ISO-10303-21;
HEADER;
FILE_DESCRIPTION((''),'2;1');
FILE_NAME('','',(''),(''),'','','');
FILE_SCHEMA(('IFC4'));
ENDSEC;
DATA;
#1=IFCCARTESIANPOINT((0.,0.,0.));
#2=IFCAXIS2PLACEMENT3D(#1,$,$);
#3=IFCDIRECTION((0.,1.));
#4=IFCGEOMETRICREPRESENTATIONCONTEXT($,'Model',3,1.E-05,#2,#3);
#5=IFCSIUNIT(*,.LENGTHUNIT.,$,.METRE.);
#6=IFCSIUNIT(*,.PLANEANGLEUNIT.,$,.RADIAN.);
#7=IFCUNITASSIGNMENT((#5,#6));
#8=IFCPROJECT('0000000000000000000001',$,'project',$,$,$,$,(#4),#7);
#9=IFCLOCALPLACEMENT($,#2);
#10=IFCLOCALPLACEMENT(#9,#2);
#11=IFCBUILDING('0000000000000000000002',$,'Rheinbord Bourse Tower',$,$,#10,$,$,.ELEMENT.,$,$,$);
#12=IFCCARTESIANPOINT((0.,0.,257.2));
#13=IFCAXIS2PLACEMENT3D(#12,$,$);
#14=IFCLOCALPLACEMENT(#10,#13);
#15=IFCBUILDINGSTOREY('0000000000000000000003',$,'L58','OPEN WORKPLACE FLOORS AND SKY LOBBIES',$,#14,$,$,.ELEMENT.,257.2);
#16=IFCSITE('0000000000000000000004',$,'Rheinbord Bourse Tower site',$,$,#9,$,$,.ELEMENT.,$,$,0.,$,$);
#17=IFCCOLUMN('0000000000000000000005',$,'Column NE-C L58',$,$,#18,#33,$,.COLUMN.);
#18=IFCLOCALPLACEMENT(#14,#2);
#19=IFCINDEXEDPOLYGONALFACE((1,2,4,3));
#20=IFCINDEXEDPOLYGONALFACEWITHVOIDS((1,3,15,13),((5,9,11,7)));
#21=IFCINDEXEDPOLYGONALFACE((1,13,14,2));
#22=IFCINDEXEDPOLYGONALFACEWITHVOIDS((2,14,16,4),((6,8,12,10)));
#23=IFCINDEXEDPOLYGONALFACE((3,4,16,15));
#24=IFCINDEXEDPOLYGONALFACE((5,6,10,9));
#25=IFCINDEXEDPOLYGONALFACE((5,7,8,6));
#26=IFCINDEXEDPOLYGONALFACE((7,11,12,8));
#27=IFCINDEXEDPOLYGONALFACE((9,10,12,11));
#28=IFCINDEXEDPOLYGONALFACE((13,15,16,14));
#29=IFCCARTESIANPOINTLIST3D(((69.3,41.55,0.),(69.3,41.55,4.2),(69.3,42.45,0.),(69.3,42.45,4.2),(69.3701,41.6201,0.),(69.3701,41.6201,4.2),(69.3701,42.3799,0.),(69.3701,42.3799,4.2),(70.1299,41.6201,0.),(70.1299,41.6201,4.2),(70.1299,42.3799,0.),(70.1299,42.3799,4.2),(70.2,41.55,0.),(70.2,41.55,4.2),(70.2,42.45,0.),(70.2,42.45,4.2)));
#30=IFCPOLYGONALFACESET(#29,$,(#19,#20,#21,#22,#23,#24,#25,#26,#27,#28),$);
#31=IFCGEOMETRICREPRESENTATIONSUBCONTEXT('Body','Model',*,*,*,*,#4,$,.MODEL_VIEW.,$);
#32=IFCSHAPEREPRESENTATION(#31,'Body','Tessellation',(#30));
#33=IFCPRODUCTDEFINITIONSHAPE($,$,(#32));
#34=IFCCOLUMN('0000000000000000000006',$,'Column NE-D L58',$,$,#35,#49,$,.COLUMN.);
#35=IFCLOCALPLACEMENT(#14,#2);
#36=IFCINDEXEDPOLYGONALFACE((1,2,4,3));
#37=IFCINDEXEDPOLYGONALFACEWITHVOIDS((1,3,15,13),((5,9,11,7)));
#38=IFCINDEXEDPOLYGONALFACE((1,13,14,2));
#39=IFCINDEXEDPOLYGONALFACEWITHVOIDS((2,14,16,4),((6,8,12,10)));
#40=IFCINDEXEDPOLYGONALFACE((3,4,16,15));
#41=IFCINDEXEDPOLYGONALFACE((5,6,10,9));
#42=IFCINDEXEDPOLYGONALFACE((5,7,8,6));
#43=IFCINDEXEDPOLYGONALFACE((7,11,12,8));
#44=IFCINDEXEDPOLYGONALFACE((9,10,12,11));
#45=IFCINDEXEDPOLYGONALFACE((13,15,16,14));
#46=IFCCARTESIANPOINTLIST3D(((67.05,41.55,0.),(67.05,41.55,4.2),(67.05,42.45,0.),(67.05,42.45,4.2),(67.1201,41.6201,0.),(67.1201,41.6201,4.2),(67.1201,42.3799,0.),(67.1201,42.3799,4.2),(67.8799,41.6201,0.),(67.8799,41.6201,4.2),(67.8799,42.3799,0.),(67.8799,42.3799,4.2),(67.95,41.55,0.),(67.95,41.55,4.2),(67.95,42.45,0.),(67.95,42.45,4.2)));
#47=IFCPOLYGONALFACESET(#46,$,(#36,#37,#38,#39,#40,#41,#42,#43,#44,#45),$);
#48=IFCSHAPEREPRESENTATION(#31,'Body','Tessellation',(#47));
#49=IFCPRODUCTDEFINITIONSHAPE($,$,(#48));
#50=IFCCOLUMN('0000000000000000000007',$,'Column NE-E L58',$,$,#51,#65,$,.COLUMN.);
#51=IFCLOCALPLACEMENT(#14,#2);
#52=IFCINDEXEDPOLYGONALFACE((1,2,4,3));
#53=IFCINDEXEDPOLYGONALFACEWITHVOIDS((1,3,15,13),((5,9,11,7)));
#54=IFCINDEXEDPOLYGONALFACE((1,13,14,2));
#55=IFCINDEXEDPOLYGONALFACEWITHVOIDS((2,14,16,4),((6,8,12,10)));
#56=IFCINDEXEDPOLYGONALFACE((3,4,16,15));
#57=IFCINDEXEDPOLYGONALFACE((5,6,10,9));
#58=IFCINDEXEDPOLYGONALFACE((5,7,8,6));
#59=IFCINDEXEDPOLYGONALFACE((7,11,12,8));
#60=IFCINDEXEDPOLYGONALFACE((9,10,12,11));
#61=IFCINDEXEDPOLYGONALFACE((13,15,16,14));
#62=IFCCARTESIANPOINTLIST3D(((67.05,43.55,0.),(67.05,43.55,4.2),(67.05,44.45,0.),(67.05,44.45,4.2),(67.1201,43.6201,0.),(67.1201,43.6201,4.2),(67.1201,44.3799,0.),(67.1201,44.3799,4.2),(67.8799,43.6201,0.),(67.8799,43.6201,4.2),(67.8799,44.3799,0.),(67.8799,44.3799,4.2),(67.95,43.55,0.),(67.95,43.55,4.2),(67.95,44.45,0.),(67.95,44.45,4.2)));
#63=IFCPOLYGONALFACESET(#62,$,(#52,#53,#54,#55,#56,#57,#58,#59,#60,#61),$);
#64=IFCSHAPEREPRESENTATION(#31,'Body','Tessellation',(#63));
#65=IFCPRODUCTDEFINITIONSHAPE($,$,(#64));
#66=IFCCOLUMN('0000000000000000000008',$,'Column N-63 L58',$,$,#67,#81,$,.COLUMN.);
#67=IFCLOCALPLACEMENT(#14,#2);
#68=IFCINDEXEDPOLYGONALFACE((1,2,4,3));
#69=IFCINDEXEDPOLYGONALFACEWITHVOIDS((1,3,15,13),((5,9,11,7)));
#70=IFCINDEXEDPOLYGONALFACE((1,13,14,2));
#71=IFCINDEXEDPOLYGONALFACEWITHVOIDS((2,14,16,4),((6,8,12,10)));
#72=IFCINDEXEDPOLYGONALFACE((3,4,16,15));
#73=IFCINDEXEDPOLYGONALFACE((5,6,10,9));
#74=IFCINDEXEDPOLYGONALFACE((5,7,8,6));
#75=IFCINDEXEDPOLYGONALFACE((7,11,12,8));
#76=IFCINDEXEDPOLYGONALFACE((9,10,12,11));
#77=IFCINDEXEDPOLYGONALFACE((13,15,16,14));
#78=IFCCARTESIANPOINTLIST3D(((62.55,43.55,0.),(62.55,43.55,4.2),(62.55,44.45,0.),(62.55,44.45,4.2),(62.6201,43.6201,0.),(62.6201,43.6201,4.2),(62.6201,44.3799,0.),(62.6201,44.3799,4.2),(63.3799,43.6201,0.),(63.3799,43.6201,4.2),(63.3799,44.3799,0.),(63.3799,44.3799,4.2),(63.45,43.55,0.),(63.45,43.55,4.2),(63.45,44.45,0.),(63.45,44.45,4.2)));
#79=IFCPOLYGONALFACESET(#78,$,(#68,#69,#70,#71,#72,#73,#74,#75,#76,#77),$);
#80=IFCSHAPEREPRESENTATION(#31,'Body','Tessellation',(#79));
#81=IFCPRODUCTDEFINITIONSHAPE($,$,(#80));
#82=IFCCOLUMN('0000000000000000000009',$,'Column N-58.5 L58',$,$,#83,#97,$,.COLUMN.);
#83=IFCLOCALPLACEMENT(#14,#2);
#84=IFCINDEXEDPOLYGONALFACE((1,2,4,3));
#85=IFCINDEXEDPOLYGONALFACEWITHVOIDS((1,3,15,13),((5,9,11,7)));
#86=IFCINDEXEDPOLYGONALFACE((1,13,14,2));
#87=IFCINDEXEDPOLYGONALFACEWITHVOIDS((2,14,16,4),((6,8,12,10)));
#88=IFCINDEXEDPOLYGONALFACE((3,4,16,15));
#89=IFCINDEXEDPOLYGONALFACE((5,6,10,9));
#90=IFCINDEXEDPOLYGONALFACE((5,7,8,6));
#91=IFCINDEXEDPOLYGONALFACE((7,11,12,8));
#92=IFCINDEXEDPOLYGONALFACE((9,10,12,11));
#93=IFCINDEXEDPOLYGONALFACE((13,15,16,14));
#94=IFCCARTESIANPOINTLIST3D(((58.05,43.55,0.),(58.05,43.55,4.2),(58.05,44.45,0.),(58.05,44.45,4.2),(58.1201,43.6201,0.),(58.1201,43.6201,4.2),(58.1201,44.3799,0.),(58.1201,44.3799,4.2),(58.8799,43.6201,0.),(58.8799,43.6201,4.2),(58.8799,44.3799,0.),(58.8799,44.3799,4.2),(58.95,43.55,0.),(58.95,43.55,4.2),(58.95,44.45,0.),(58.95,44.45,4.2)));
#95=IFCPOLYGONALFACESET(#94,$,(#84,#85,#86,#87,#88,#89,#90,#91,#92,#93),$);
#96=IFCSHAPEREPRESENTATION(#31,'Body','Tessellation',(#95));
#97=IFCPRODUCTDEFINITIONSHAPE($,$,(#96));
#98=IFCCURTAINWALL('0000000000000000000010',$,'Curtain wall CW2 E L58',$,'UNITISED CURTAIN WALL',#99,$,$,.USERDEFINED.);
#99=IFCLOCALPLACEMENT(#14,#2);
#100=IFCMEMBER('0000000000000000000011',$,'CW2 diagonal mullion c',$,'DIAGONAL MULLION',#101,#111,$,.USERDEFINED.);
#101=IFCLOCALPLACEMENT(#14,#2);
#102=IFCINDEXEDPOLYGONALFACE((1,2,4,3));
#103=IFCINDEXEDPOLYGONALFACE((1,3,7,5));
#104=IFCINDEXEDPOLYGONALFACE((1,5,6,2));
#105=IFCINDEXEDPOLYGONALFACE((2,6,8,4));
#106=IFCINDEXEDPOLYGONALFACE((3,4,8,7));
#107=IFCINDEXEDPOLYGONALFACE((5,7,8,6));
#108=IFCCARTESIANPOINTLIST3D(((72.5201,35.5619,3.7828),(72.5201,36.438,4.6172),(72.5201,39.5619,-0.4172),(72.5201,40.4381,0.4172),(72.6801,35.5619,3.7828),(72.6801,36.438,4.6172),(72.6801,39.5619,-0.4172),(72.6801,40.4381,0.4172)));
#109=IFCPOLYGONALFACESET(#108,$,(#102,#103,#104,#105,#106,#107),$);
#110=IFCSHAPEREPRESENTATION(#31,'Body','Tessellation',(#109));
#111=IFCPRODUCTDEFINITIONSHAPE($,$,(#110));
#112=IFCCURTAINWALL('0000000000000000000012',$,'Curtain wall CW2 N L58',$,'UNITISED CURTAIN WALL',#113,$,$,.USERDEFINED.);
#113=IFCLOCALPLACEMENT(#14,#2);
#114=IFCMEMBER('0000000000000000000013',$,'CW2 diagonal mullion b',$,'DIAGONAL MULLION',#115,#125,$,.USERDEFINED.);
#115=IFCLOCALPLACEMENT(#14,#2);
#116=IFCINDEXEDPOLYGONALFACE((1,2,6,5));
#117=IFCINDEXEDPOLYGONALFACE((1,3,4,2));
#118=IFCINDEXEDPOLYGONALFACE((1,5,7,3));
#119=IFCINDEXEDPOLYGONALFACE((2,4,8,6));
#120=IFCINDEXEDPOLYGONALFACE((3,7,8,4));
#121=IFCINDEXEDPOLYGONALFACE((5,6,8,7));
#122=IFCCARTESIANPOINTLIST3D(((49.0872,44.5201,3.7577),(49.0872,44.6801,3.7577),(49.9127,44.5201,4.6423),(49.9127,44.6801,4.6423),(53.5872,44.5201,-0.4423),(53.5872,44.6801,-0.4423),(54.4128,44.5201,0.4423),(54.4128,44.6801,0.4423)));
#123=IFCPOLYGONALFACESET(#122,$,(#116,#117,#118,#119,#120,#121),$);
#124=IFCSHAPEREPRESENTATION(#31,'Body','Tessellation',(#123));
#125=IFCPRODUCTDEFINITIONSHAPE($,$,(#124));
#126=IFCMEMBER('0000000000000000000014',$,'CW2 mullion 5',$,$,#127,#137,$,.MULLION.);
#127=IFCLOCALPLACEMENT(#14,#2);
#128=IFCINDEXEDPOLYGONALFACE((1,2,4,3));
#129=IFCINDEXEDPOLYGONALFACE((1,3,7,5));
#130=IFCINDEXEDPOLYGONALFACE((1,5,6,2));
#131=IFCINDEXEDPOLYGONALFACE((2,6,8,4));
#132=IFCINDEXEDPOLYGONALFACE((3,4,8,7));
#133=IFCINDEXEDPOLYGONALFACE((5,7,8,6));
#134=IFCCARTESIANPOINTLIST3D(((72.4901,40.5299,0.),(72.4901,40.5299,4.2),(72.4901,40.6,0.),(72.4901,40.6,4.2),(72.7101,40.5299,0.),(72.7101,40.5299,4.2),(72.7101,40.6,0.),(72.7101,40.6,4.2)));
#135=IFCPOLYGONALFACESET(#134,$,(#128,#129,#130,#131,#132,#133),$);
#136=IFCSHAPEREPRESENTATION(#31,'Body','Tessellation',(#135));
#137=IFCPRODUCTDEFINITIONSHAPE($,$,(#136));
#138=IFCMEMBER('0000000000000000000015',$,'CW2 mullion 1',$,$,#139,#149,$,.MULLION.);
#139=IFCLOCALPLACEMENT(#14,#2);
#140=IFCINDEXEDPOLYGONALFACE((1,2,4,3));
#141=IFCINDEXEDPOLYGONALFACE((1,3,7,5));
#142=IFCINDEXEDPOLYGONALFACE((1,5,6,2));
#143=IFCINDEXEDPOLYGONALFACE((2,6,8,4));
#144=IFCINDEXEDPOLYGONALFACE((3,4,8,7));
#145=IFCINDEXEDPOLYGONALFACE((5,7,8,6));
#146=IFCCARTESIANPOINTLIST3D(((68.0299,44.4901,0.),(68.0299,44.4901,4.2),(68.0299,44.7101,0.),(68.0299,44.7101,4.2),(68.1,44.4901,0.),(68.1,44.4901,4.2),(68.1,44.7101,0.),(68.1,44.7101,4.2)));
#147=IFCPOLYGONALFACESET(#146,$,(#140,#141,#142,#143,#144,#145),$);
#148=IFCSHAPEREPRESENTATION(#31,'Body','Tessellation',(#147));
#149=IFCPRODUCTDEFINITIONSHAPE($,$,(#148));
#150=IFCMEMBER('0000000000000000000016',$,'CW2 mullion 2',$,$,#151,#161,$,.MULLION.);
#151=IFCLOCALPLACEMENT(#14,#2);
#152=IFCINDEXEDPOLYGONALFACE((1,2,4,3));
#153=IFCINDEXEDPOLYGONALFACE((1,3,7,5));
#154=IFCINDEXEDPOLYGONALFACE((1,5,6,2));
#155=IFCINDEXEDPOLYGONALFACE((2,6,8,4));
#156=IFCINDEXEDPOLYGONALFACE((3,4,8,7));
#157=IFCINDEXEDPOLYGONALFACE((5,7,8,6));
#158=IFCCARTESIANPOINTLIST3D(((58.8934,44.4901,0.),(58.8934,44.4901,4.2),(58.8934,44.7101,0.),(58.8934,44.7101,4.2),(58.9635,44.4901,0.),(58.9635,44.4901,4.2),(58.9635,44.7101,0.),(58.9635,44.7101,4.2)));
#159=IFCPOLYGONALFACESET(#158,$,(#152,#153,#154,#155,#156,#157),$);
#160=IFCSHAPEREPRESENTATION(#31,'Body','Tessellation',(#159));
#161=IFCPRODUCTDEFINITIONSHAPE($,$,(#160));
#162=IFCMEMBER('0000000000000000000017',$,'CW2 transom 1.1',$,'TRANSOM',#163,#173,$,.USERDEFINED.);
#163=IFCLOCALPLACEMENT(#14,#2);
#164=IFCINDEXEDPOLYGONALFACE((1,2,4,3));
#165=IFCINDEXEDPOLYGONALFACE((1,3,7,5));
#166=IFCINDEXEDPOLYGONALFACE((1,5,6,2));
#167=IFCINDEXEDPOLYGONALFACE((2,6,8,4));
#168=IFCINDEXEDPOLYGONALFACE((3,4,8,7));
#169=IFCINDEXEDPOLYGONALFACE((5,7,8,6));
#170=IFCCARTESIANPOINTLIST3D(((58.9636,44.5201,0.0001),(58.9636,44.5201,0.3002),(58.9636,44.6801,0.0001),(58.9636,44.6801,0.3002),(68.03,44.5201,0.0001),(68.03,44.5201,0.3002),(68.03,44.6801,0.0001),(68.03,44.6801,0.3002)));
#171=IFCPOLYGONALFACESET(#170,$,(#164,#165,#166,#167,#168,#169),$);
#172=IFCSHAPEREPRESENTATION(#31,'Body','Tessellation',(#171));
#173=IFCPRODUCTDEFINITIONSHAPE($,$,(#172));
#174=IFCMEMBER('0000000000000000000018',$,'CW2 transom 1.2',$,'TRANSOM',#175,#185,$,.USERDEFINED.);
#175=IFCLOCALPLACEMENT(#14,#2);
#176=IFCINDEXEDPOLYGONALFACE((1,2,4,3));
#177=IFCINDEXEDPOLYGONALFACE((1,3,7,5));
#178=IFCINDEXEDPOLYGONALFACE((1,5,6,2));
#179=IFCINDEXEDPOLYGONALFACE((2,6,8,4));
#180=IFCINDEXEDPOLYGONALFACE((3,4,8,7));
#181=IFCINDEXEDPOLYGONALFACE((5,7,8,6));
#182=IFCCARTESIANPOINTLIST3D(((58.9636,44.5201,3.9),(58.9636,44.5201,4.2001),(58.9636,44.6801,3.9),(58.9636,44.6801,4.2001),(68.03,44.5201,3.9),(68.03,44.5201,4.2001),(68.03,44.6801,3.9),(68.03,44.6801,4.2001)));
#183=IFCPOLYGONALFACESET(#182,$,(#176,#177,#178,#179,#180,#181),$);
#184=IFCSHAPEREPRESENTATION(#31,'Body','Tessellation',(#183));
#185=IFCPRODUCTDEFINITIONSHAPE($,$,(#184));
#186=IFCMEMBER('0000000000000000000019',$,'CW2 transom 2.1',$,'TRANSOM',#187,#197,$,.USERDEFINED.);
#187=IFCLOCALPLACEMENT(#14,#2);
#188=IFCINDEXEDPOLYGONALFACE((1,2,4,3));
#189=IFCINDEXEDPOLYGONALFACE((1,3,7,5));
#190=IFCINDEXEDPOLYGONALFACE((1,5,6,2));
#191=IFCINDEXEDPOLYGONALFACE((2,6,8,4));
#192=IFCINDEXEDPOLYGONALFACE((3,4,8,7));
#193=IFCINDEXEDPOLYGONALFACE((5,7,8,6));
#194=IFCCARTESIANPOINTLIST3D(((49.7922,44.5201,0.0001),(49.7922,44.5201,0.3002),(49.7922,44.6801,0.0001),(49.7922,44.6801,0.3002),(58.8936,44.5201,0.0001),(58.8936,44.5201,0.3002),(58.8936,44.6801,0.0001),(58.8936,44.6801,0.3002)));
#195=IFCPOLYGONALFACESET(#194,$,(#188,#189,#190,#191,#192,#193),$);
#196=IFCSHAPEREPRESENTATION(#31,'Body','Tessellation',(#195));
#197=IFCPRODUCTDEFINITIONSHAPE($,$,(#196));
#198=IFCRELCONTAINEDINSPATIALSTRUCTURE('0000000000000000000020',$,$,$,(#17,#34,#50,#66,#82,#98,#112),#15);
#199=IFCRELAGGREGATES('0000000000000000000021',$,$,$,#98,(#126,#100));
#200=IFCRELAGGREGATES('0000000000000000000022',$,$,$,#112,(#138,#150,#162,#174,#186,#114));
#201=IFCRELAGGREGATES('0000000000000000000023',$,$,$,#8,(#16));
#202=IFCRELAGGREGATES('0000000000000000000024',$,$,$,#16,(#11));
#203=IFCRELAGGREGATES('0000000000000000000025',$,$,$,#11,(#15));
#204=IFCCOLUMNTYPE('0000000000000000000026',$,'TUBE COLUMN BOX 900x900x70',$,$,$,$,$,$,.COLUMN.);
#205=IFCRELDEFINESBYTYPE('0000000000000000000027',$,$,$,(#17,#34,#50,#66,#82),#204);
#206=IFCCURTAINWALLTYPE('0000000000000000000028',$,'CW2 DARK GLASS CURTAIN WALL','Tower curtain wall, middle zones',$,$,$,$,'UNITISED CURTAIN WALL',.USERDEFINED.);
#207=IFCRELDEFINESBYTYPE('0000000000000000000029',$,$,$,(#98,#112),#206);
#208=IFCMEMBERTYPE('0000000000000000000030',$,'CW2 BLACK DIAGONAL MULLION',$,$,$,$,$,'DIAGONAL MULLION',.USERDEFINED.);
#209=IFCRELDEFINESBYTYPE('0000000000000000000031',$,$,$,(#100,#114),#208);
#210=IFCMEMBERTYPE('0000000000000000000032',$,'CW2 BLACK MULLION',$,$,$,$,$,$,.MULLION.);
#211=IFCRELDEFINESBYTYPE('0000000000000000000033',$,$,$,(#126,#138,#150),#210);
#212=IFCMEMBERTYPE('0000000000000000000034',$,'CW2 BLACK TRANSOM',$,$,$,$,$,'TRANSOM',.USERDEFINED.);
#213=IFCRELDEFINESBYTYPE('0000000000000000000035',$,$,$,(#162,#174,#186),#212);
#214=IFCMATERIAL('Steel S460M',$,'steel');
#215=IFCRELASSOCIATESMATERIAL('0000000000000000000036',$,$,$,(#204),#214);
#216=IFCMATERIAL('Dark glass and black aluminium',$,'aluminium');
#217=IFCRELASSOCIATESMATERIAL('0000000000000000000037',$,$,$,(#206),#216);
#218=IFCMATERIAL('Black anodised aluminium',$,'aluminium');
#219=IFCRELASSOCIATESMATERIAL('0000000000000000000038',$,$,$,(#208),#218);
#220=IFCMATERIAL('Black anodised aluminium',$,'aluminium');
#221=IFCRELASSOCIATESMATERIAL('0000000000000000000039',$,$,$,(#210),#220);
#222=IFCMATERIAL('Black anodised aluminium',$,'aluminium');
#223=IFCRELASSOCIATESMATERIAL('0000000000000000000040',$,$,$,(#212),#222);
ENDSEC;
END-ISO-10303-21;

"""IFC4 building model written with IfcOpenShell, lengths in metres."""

from ifc_helpers import new_model, si_unit, direction, frame, origin, origin_2d, place, context, subcontext, project, spatial, rectangle, hollow_rectangle, extrude, material, material_profile, profile_set, type_object, element, aggregate, save


model = new_model("IFC4")

# Units and contexts
model_context = context("Model", 3, precision=1e-05, world=origin(), true_north=direction((0.0, 1.0)))
body_context = subcontext(model_context, "Body", "Model", "MODEL_VIEW")
ifc_project = project(units=[si_unit("LENGTHUNIT", "METRE"), si_unit("PLANEANGLEUNIT", "RADIAN")], contexts=[model_context])

# Site, building, storey
site_placement = place(None, origin())
site = spatial("IfcSite", under=ifc_project, at=site_placement, Name="Rheinbord Bourse Tower site", CompositionType="ELEMENT", RefElevation=0.0)
building_placement = place(site_placement, origin())
building = spatial("IfcBuilding", under=site, at=building_placement, Name="Rheinbord Bourse Tower", CompositionType="ELEMENT")
storey_placement = place(building_placement, frame((0.0, 0.0, 257.2)))
storey = spatial("IfcBuildingStorey", under=building, at=storey_placement, Name="L58", Description="OPEN WORKPLACE FLOORS AND SKY LOBBIES", CompositionType="ELEMENT", Elevation=257.2)

# Columns
ifc_material_1 = material(Name="Steel S460M", Category="steel")
ifc_material_profile_1 = material_profile(ifc_material_1, hollow_rectangle(XDim=0.8999, YDim=0.8999, WallThickness=0.0701, at=origin_2d()), Name="BOX 900x900x70")
ifc_profile_set_1 = profile_set([ifc_material_profile_1], Name="Steel S460M")
column_type = type_object("IfcColumnType", Name="TUBE COLUMN BOX 900x900x70", PredefinedType="COLUMN", material=ifc_profile_set_1)
for number, where, z_axis, x_axis, name in (
    (1, (69.75, 42.0, 0.0), (0.0, 0.0, 1.0), (1.0, 0.0, 0.0), "Column NE-C L58"),
    (2, (67.5, 42.0, 0.0), (0.0, 0.0, 1.0), (0.0, 1.0, 0.0), "Column NE-D L58"),
    (3, (67.5, 44.0, 0.0), (0.0, 0.0, 1.0), (0.0, 1.0, 0.0), "Column NE-E L58"),
    (4, (63.0, 44.0, 0.0), (0.0, 0.0, 1.0), (0.0, 1.0, 0.0), "Column N-63 L58"),
    (5, (58.5, 44.0, 0.0), (0.0, 0.0, 1.0), (0.0, 1.0, 0.0), "Column N-58.5 L58"),
):
    element("IfcColumn", number, at=place(storey_placement, frame(where, z_axis=z_axis, x_axis=x_axis)), inside=storey, type_object=column_type, Name=name, PredefinedType="COLUMN", context=body_context, shape_type="SweptSolid", body=[
        extrude(hollow_rectangle(XDim=0.8999, YDim=0.8999, WallThickness=0.0701, at=origin_2d()), origin(), (0.0, 0.0, 1.0), 4.2),
    ])

# Curtain walls, members
ifc_material_2 = material(Name="Dark glass and black aluminium", Category="aluminium")
curtain_wall_type = type_object("IfcCurtainWallType", Name="CW2 DARK GLASS CURTAIN WALL", Description="Tower curtain wall, middle zones", ElementType="UNITISED CURTAIN WALL", PredefinedType="USERDEFINED", material=ifc_material_2)
curtain_wall_1_placement = place(storey_placement, origin())
curtain_wall_1 = element("IfcCurtainWall", 6, at=curtain_wall_1_placement, inside=storey, type_object=curtain_wall_type, Name="Curtain wall CW2 E L58", ObjectType="UNITISED CURTAIN WALL", PredefinedType="USERDEFINED")
ifc_material_3 = material(Name="Black anodised aluminium", Category="aluminium")
ifc_material_profile_2 = material_profile(ifc_material_3, rectangle(XDim=0.1599, YDim=1.21, at=origin_2d()), Name="CW2 DIAGONAL MULLION 1210x160")
ifc_profile_set_2 = profile_set([ifc_material_profile_2], Name="Black anodised aluminium")
member_type_1 = type_object("IfcMemberType", Name="CW2 BLACK DIAGONAL MULLION", ElementType="DIAGONAL MULLION", PredefinedType="USERDEFINED", material=ifc_profile_set_2)
member_1_placement = place(storey_placement, frame((72.6001, 40.0, 0.0), z_axis=(0.0, -0.689659, 0.724134), x_axis=(1.0, 0.0, 0.0)))
member_1 = element("IfcMember", 7, at=member_1_placement, type_object=member_type_1, Name="CW2 diagonal mullion c", ObjectType="DIAGONAL MULLION", PredefinedType="USERDEFINED", context=body_context, shape_type="SweptSolid", body=[
    extrude(rectangle(XDim=0.1599, YDim=1.21, at=origin_2d()), origin(), (0.0, 0.0, 1.0), 5.8),
])
curtain_wall_2_placement = place(storey_placement, origin())
curtain_wall_2 = element("IfcCurtainWall", 8, at=curtain_wall_2_placement, inside=storey, type_object=curtain_wall_type, Name="Curtain wall CW2 N L58", ObjectType="UNITISED CURTAIN WALL", PredefinedType="USERDEFINED")
member_2_placement = place(storey_placement, frame((54.0, 44.6001, 0.0), z_axis=(-0.731059, 0.0, 0.682314), x_axis=(0.0, -1.0, 0.0)))
member_2 = element("IfcMember", 9, at=member_2_placement, type_object=member_type_1, Name="CW2 diagonal mullion b", ObjectType="DIAGONAL MULLION", PredefinedType="USERDEFINED", context=body_context, shape_type="SweptSolid", body=[
    extrude(rectangle(XDim=0.1599, YDim=1.21, at=origin_2d()), origin(), (0.0, 0.0, 1.0), 6.1555),
])

# Members
ifc_material_4 = material(Name="Black anodised aluminium", Category="aluminium")
ifc_material_profile_3 = material_profile(ifc_material_4, rectangle(XDim=0.22, YDim=0.0701, at=origin_2d()), Name="CW2 MULLION 70x220")
ifc_profile_set_3 = profile_set([ifc_material_profile_3], Name="Black anodised aluminium")
member_type_2 = type_object("IfcMemberType", Name="CW2 BLACK MULLION", PredefinedType="MULLION", material=ifc_profile_set_3)
member_3_placement = place(storey_placement, frame((72.6001, 40.5649, 0.0), z_axis=(0.0, 0.0, 1.0), x_axis=(-1.0, 0.0, 0.0)))
member_3 = element("IfcMember", 10, at=member_3_placement, type_object=member_type_2, Name="CW2 mullion 5", PredefinedType="MULLION", context=body_context, shape_type="SweptSolid", body=[
    extrude(rectangle(XDim=0.22, YDim=0.0701, at=origin_2d()), origin(), (0.0, 0.0, 1.0), 4.2),
])
member_4_placement = place(storey_placement, frame((68.0649, 44.6001, 0.0), z_axis=(0.0, 0.0, 1.0), x_axis=(0.0, -1.0, 0.0)))
member_4 = element("IfcMember", 11, at=member_4_placement, type_object=member_type_2, Name="CW2 mullion 1", PredefinedType="MULLION", context=body_context, shape_type="SweptSolid", body=[
    extrude(rectangle(XDim=0.22, YDim=0.0701, at=origin_2d()), origin(), (0.0, 0.0, 1.0), 4.2),
])
member_5_placement = place(storey_placement, frame((58.9285, 44.6001, 0.0), z_axis=(0.0, 0.0, 1.0), x_axis=(0.0, -1.0, 0.0)))
member_5 = element("IfcMember", 12, at=member_5_placement, type_object=member_type_2, Name="CW2 mullion 2", PredefinedType="MULLION", context=body_context, shape_type="SweptSolid", body=[
    extrude(rectangle(XDim=0.22, YDim=0.0701, at=origin_2d()), origin(), (0.0, 0.0, 1.0), 4.2),
])
ifc_material_5 = material(Name="Black anodised aluminium", Category="aluminium")
ifc_material_profile_4 = material_profile(ifc_material_5, rectangle(XDim=0.1599, YDim=0.3, at=origin_2d()), Name="CW2 TRANSOM 300x160")
ifc_profile_set_4 = profile_set([ifc_material_profile_4], Name="Black anodised aluminium")
member_type_3 = type_object("IfcMemberType", Name="CW2 BLACK TRANSOM", ElementType="TRANSOM", PredefinedType="USERDEFINED", material=ifc_profile_set_4)
member_6_placement = place(storey_placement, frame((68.03, 44.6001, 0.1501), z_axis=(-1.0, 0.0, 0.0), x_axis=(0.0, -1.0, 0.0)))
member_6 = element("IfcMember", 13, at=member_6_placement, type_object=member_type_3, Name="CW2 transom 1.1", ObjectType="TRANSOM", PredefinedType="USERDEFINED", context=body_context, shape_type="SweptSolid", body=[
    extrude(rectangle(XDim=0.1599, YDim=0.3, at=origin_2d()), origin(), (0.0, 0.0, 1.0), 9.0664),
])
member_7_placement = place(storey_placement, frame((68.03, 44.6001, 4.05), z_axis=(-1.0, 0.0, 0.0), x_axis=(0.0, -1.0, 0.0)))
member_7 = element("IfcMember", 14, at=member_7_placement, type_object=member_type_3, Name="CW2 transom 1.2", ObjectType="TRANSOM", PredefinedType="USERDEFINED", context=body_context, shape_type="SweptSolid", body=[
    extrude(rectangle(XDim=0.1599, YDim=0.3, at=origin_2d()), origin(), (0.0, 0.0, 1.0), 9.0664),
])
member_8_placement = place(storey_placement, frame((58.8936, 44.6001, 0.1501), z_axis=(-1.0, 0.0, 0.0), x_axis=(0.0, -1.0, 0.0)))
member_8 = element("IfcMember", 15, at=member_8_placement, type_object=member_type_3, Name="CW2 transom 2.1", ObjectType="TRANSOM", PredefinedType="USERDEFINED", context=body_context, shape_type="SweptSolid", body=[
    extrude(rectangle(XDim=0.1599, YDim=0.3, at=origin_2d()), origin(), (0.0, 0.0, 1.0), 9.1013),
])

aggregate(curtain_wall_1, [member_3, member_1])
aggregate(curtain_wall_2, [member_4, member_5, member_6, member_7, member_8, member_2])

save(model, "model.ifc")
